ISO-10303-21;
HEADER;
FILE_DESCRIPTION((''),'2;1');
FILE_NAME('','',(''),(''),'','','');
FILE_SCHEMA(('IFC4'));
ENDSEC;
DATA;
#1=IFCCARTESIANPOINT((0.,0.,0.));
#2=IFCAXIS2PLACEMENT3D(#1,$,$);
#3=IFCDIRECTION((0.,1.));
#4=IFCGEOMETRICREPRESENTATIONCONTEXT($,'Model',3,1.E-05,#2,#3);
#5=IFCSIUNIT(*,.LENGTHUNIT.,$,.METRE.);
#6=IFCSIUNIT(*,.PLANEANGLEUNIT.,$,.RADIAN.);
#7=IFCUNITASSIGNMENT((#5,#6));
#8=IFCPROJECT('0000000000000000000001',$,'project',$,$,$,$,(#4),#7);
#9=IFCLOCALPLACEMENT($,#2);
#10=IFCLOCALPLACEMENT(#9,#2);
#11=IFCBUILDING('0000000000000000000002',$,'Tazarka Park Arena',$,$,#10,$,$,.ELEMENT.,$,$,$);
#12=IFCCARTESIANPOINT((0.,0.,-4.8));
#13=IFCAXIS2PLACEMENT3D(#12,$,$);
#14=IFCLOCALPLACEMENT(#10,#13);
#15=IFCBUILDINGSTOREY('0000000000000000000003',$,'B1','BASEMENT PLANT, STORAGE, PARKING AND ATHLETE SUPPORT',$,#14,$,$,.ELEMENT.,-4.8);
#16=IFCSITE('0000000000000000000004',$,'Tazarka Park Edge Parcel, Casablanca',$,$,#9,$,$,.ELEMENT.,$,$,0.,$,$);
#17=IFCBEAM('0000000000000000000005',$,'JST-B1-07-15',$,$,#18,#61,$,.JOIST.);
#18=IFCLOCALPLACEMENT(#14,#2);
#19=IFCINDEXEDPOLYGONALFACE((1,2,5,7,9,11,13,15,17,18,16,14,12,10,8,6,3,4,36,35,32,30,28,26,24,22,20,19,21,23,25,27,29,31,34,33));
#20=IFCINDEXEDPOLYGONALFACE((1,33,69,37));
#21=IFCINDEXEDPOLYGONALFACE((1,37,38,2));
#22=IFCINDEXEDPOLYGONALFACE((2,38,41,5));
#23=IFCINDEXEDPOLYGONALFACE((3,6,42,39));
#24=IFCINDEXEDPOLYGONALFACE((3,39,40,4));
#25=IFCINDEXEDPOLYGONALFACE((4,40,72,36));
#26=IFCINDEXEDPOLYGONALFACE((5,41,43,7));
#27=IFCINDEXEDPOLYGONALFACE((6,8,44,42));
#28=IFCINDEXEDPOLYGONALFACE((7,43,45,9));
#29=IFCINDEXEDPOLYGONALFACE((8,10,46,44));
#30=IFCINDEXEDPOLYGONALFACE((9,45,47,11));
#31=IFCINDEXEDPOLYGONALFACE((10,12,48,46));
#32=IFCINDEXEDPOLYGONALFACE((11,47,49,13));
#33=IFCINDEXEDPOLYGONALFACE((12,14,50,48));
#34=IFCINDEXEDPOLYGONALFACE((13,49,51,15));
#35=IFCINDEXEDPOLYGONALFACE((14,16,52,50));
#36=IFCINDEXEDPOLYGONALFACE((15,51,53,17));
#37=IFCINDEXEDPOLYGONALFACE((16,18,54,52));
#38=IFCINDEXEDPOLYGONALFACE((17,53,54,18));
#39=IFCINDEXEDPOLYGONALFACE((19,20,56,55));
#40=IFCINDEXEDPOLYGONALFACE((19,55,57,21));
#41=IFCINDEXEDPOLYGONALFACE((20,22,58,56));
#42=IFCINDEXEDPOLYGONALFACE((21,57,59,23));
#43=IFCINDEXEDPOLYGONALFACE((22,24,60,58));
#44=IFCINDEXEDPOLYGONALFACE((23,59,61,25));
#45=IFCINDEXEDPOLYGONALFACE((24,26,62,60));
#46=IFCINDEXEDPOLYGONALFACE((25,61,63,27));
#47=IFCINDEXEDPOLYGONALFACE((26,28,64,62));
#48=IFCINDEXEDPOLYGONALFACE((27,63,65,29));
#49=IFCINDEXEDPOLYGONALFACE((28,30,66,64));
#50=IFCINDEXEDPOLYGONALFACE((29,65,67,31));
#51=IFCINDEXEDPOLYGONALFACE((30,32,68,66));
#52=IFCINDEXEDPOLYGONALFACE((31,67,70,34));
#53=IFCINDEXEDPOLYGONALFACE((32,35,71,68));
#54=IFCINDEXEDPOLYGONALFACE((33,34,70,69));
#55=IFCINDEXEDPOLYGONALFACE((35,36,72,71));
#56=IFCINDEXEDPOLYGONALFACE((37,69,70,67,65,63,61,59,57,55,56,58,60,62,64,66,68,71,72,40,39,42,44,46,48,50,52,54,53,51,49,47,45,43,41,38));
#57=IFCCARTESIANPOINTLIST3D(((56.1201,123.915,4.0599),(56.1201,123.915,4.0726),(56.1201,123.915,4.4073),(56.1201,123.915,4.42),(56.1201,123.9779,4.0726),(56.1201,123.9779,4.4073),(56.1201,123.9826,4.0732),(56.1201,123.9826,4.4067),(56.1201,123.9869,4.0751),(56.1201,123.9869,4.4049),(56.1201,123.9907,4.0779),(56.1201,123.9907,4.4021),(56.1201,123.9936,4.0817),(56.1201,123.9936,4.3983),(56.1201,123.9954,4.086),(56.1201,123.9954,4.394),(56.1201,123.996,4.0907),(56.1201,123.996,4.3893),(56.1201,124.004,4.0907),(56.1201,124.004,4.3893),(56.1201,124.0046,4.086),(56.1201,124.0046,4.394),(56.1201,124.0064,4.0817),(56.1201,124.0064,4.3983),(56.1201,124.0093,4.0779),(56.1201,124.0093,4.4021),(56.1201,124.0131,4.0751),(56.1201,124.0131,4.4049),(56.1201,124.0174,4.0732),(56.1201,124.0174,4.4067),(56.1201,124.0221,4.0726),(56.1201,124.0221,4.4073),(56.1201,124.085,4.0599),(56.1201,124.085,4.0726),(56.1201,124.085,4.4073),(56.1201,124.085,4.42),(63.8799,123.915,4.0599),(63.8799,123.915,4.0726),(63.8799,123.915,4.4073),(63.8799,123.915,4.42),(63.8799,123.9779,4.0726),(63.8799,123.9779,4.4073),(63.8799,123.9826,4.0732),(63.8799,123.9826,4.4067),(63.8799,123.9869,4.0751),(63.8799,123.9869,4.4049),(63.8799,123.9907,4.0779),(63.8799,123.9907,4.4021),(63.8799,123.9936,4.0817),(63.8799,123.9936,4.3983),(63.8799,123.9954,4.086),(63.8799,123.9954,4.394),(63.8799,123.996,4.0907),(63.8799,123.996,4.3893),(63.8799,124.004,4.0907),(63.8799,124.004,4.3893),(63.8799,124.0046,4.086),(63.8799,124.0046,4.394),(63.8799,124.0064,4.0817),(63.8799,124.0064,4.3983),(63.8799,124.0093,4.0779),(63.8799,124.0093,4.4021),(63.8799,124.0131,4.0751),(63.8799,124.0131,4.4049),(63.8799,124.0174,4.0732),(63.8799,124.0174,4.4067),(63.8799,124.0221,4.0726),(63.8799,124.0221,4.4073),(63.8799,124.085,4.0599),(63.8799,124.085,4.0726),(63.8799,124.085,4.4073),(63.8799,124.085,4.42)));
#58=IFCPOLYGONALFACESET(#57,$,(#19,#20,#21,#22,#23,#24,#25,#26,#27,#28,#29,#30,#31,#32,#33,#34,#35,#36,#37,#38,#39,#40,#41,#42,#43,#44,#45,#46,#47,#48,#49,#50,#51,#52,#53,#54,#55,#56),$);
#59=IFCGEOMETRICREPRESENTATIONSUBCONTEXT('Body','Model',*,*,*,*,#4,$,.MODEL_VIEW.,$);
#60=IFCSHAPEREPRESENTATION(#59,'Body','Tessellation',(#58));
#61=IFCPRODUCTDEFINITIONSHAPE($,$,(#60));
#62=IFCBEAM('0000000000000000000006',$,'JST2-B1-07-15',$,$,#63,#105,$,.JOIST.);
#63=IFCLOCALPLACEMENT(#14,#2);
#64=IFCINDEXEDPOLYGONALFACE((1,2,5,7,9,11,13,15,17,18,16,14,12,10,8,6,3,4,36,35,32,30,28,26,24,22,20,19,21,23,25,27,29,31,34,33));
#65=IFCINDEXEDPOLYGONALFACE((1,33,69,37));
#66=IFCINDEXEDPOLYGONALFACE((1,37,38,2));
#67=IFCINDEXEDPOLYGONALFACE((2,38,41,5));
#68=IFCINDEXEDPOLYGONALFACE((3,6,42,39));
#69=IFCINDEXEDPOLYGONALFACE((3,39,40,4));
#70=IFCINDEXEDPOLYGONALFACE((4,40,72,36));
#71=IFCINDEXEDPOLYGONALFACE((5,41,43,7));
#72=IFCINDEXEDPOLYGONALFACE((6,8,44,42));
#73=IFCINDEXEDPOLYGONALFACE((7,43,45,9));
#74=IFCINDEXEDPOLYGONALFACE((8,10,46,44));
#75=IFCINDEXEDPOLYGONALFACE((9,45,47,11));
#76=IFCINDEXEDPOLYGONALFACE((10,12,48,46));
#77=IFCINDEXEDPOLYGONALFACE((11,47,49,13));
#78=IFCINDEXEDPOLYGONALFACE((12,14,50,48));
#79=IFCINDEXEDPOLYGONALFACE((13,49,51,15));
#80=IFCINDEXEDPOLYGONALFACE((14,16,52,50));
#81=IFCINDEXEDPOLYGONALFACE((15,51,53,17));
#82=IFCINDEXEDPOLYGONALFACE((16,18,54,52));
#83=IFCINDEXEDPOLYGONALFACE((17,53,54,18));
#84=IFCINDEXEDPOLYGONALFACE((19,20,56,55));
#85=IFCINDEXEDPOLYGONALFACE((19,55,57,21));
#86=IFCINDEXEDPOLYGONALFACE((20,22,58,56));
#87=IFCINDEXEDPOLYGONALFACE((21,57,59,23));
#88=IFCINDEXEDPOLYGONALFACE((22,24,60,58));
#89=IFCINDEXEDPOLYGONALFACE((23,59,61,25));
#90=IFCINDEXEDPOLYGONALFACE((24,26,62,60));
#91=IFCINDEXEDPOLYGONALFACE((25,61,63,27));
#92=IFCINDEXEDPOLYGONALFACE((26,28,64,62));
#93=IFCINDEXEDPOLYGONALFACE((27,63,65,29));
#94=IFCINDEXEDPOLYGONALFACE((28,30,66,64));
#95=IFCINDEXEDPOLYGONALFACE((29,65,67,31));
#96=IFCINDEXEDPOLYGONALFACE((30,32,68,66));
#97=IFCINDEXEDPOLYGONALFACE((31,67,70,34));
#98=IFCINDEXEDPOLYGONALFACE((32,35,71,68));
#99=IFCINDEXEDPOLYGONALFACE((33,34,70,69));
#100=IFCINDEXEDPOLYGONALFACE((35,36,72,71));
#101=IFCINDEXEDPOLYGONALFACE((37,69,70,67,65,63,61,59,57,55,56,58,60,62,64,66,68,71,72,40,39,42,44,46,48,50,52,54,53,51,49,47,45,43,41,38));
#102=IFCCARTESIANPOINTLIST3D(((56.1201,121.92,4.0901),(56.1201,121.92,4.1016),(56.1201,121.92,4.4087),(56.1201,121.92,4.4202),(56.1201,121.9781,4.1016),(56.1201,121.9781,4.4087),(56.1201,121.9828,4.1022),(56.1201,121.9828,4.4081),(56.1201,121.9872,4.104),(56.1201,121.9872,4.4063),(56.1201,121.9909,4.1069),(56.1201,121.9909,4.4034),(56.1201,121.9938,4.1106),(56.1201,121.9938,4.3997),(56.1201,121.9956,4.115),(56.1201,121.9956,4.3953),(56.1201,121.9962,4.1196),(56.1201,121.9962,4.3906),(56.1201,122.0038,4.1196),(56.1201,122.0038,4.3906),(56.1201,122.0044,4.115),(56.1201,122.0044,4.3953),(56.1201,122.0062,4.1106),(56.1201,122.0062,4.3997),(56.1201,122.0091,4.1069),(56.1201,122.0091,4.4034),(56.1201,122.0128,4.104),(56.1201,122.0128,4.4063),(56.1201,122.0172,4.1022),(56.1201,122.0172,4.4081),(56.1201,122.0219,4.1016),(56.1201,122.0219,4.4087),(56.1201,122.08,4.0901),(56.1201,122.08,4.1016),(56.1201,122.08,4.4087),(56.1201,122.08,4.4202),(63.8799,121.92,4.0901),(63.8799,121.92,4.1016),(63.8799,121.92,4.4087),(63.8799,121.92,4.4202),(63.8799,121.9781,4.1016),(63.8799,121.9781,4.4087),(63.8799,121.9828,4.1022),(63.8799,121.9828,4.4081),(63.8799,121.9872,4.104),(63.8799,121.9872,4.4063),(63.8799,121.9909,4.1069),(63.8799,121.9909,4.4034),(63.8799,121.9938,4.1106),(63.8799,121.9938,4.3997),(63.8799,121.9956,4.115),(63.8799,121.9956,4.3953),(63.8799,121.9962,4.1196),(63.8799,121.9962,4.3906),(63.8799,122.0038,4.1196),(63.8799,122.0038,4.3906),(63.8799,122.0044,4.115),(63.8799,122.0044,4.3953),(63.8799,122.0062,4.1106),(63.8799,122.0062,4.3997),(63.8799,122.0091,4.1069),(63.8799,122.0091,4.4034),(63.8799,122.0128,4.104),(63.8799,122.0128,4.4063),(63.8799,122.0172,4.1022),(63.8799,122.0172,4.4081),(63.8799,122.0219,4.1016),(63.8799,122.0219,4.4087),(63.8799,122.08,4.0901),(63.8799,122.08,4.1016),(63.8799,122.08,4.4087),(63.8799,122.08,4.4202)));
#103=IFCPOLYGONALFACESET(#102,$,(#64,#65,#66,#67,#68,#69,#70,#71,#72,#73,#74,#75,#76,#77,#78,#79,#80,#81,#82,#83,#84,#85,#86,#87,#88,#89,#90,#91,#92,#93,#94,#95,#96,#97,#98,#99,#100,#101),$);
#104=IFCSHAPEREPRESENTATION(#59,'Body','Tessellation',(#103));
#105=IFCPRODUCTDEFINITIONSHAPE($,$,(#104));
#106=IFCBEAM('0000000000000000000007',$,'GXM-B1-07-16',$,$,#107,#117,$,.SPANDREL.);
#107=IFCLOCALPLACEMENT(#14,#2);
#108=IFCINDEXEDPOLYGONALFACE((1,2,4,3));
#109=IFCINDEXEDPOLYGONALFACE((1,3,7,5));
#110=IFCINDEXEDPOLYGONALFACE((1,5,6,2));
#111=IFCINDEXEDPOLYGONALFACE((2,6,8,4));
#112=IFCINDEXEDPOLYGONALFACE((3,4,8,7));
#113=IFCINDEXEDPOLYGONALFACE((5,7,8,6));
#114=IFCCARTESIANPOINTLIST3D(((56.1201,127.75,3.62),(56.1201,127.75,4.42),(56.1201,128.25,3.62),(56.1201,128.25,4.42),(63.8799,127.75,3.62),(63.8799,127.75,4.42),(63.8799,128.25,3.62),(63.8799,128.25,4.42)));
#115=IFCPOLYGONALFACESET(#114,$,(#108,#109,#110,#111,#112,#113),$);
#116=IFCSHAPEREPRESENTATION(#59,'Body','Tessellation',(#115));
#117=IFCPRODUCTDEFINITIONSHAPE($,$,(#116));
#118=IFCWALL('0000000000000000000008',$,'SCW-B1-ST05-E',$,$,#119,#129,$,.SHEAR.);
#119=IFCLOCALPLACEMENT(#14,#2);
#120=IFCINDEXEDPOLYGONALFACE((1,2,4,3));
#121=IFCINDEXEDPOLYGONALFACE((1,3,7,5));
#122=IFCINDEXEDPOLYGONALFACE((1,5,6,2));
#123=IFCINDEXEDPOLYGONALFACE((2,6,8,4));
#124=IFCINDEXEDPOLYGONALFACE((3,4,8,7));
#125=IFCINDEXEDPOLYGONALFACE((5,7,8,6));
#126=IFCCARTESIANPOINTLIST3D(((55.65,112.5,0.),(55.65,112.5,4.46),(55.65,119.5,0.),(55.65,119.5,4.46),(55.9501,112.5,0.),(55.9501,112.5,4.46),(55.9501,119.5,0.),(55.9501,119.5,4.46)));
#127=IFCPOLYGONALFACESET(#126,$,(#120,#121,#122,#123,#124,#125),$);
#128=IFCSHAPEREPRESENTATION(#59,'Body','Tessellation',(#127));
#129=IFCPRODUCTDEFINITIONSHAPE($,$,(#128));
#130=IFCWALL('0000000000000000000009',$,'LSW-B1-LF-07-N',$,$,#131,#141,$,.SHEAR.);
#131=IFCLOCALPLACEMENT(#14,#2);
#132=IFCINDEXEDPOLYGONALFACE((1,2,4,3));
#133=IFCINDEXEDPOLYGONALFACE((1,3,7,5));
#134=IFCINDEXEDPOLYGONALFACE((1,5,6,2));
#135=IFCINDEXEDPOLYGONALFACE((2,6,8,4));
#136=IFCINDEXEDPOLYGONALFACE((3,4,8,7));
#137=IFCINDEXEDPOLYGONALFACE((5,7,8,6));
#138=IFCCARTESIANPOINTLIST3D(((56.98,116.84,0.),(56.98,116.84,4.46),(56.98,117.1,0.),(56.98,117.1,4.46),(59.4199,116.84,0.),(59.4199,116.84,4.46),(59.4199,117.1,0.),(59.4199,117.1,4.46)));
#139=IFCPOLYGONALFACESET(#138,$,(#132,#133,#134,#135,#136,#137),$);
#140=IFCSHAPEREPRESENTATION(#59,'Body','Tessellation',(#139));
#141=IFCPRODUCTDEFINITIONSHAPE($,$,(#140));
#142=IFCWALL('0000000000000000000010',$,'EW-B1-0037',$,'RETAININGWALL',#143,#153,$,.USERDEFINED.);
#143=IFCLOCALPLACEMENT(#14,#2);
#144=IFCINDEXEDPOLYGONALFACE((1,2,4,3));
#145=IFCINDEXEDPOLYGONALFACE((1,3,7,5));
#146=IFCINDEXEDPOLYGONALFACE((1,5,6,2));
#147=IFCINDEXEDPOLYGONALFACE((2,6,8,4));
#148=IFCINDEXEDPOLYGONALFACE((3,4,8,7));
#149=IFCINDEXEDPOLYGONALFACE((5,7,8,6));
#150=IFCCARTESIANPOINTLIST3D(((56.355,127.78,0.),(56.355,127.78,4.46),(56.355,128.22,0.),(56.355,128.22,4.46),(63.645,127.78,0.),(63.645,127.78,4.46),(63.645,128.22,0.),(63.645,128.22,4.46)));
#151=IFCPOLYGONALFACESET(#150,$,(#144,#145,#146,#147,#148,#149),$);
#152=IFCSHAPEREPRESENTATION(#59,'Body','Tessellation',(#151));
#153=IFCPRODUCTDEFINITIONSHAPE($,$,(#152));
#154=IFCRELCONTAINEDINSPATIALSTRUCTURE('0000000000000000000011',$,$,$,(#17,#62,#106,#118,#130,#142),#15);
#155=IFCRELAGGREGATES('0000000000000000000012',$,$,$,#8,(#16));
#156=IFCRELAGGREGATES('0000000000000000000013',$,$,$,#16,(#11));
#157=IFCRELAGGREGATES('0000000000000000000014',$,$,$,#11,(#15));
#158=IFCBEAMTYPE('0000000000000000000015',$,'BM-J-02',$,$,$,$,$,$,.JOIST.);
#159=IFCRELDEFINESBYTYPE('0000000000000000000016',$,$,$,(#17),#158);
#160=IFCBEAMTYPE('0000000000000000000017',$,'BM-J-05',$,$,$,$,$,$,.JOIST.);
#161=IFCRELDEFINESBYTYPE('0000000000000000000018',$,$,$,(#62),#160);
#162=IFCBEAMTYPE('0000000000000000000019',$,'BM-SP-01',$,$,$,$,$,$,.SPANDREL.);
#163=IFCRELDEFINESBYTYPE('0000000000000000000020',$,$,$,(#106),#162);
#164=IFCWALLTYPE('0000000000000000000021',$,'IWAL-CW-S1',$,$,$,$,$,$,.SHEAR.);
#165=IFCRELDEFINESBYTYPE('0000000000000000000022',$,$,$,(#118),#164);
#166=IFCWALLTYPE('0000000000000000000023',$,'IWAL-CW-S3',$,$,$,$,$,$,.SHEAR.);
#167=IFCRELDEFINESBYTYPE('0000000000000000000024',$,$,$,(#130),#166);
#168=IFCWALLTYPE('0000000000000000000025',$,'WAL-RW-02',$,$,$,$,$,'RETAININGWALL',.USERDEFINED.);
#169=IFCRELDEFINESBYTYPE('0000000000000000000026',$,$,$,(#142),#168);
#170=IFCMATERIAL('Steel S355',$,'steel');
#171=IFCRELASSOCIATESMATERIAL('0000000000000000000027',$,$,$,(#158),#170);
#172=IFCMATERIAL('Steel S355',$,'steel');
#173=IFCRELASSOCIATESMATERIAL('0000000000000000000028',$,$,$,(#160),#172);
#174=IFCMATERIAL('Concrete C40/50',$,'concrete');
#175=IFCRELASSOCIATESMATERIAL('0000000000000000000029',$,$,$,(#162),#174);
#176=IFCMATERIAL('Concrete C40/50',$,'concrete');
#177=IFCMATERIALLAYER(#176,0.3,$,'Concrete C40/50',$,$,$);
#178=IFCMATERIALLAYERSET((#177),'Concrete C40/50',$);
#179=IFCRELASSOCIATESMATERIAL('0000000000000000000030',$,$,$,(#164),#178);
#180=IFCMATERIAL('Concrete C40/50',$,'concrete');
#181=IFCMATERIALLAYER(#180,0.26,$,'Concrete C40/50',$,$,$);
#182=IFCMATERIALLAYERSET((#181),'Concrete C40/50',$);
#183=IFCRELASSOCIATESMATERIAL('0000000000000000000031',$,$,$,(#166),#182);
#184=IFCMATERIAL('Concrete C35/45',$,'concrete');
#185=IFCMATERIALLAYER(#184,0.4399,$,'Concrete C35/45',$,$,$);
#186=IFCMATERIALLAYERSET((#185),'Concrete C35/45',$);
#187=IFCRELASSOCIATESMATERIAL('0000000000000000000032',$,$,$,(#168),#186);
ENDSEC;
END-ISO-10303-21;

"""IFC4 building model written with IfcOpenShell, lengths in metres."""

from ifc_helpers import new_model, si_unit, direction, frame, frame_2d, origin, origin_2d, place, context, subcontext, project, spatial, rectangle, i_section, extrude, material, layer, layer_set, material_profile, profile_set, type_object, element, save


model = new_model("IFC4")

# Units and contexts
model_context = context("Model", 3, precision=1e-05, world=origin(), true_north=direction((0.0, 1.0)))
body_context = subcontext(model_context, "Body", "Model", "MODEL_VIEW")
ifc_project = project(units=[si_unit("LENGTHUNIT", "METRE"), si_unit("PLANEANGLEUNIT", "RADIAN")], contexts=[model_context])

# Site, building, storey
site_placement = place(None, origin())
site = spatial("IfcSite", under=ifc_project, at=site_placement, Name="Tazarka Park Edge Parcel, Casablanca", CompositionType="ELEMENT", RefElevation=0.0)
building_placement = place(site_placement, origin())
building = spatial("IfcBuilding", under=site, at=building_placement, Name="Tazarka Park Arena", CompositionType="ELEMENT")
storey_placement = place(building_placement, frame((0.0, 0.0, -4.8)))
storey = spatial("IfcBuildingStorey", under=building, at=storey_placement, Name="B1", Description="BASEMENT PLANT, STORAGE, PARKING AND ATHLETE SUPPORT", CompositionType="ELEMENT", Elevation=-4.8)

# Beams
ifc_material_1 = material(Name="Steel S355", Category="steel")
ifc_material_profile_1 = material_profile(ifc_material_1, i_section(OverallWidth=0.1699, OverallDepth=0.3601, WebThickness=0.0081, FlangeThickness=0.0127, FilletRadius=0.0181, at=origin_2d()), Name="Steel S355")
ifc_profile_set_1 = profile_set([ifc_material_profile_1], Name="Steel S355")
beam_type_1 = type_object("IfcBeamType", Name="BM-J-02", PredefinedType="JOIST", material=ifc_profile_set_1)
beam_1_placement = place(storey_placement, frame((56.1201, 124.0, 4.24), z_axis=(1.0, 0.0, 0.0), x_axis=(0.0, 1.0, 0.0)))
element("IfcBeam", 1, at=beam_1_placement, inside=storey, type_object=beam_type_1, Name="JST-B1-07-15", PredefinedType="JOIST", context=body_context, shape_type="SweptSolid", body=[
    extrude(i_section(OverallWidth=0.1699, OverallDepth=0.3601, WebThickness=0.0081, FlangeThickness=0.0127, FilletRadius=0.0181, at=origin_2d()), origin(), (0.0, 0.0, 1.0), 7.7598),
])
ifc_material_2 = material(Name="Steel S355", Category="steel")
ifc_material_profile_2 = material_profile(ifc_material_2, i_section(OverallWidth=0.1599, OverallDepth=0.3301, WebThickness=0.0076, FlangeThickness=0.0115, FilletRadius=0.0181, at=origin_2d()), Name="Steel S355")
ifc_profile_set_2 = profile_set([ifc_material_profile_2], Name="Steel S355")
beam_type_2 = type_object("IfcBeamType", Name="BM-J-05", PredefinedType="JOIST", material=ifc_profile_set_2)
beam_2_placement = place(storey_placement, frame((56.1201, 122.0, 4.2551), z_axis=(1.0, 0.0, 0.0), x_axis=(0.0, 1.0, 0.0)))
element("IfcBeam", 2, at=beam_2_placement, inside=storey, type_object=beam_type_2, Name="JST2-B1-07-15", PredefinedType="JOIST", context=body_context, shape_type="SweptSolid", body=[
    extrude(i_section(OverallWidth=0.1599, OverallDepth=0.3301, WebThickness=0.0076, FlangeThickness=0.0115, FilletRadius=0.0181, at=origin_2d()), origin(), (0.0, 0.0, 1.0), 7.7598),
])
ifc_material_3 = material(Name="Concrete C40/50", Category="concrete")
ifc_material_profile_3 = material_profile(ifc_material_3, rectangle(XDim=0.5, YDim=0.8, at=origin_2d()), Name="Concrete C40/50")
ifc_profile_set_3 = profile_set([ifc_material_profile_3], Name="Concrete C40/50")
beam_type_3 = type_object("IfcBeamType", Name="BM-SP-01", PredefinedType="SPANDREL", material=ifc_profile_set_3)
beam_3_placement = place(storey_placement, frame((56.1201, 128.0, 4.02), z_axis=(1.0, 0.0, 0.0), x_axis=(0.0, 1.0, 0.0)))
element("IfcBeam", 3, at=beam_3_placement, inside=storey, type_object=beam_type_3, Name="GXM-B1-07-16", PredefinedType="SPANDREL", context=body_context, shape_type="SweptSolid", body=[
    extrude(rectangle(XDim=0.5, YDim=0.8, at=origin_2d()), origin(), (0.0, 0.0, 1.0), 7.7598),
])

# Walls
ifc_material_4 = material(Name="Concrete C40/50", Category="concrete")
ifc_layer_1 = layer(ifc_material_4, 0.3, Name="Concrete C40/50")
ifc_layer_set_1 = layer_set([ifc_layer_1], Name="Concrete C40/50")
wall_type_1 = type_object("IfcWallType", Name="IWAL-CW-S1", PredefinedType="SHEAR", material=ifc_layer_set_1)
wall_1_placement = place(storey_placement, frame((55.8, 119.5, 0.0), z_axis=(0.0, 0.0, 1.0), x_axis=(0.0, -1.0, 0.0)))
element("IfcWall", 4, at=wall_1_placement, inside=storey, type_object=wall_type_1, Name="SCW-B1-ST05-E", PredefinedType="SHEAR", context=body_context, shape_type="SweptSolid", body=[
    extrude(rectangle(XDim=7.0, YDim=0.3, at=frame_2d((3.5, 0.0))), origin(), (0.0, 0.0, 1.0), 4.46),
])
ifc_material_5 = material(Name="Concrete C40/50", Category="concrete")
ifc_layer_2 = layer(ifc_material_5, 0.26, Name="Concrete C40/50")
ifc_layer_set_2 = layer_set([ifc_layer_2], Name="Concrete C40/50")
wall_type_2 = type_object("IfcWallType", Name="IWAL-CW-S3", PredefinedType="SHEAR", material=ifc_layer_set_2)
wall_2_placement = place(storey_placement, frame((56.98, 116.97, 0.0), z_axis=(0.0, 0.0, 1.0), x_axis=(1.0, 0.0, 0.0)))
element("IfcWall", 5, at=wall_2_placement, inside=storey, type_object=wall_type_2, Name="LSW-B1-LF-07-N", PredefinedType="SHEAR", context=body_context, shape_type="SweptSolid", body=[
    extrude(rectangle(XDim=2.4399, YDim=0.26, at=frame_2d((1.22, 0.0))), origin(), (0.0, 0.0, 1.0), 4.46),
])

# Wall
ifc_material_6 = material(Name="Concrete C35/45", Category="concrete")
ifc_layer_3 = layer(ifc_material_6, 0.4399, Name="Concrete C35/45")
ifc_layer_set_3 = layer_set([ifc_layer_3], Name="Concrete C35/45")
wall_type_3 = type_object("IfcWallType", Name="WAL-RW-02", ElementType="RETAININGWALL", PredefinedType="USERDEFINED", material=ifc_layer_set_3)
wall_3_placement = place(storey_placement, frame((56.355, 128.0, 0.0), z_axis=(0.0, 0.0, 1.0), x_axis=(1.0, 0.0, 0.0)))
element("IfcWall", 6, at=wall_3_placement, inside=storey, type_object=wall_type_3, Name="EW-B1-0037", ObjectType="RETAININGWALL", PredefinedType="USERDEFINED", context=body_context, shape_type="SweptSolid", body=[
    extrude(rectangle(XDim=7.29, YDim=0.4399, at=frame_2d((3.645, 0.0))), origin(), (0.0, 0.0, 1.0), 4.46),
])

save(model, "model.ifc")
